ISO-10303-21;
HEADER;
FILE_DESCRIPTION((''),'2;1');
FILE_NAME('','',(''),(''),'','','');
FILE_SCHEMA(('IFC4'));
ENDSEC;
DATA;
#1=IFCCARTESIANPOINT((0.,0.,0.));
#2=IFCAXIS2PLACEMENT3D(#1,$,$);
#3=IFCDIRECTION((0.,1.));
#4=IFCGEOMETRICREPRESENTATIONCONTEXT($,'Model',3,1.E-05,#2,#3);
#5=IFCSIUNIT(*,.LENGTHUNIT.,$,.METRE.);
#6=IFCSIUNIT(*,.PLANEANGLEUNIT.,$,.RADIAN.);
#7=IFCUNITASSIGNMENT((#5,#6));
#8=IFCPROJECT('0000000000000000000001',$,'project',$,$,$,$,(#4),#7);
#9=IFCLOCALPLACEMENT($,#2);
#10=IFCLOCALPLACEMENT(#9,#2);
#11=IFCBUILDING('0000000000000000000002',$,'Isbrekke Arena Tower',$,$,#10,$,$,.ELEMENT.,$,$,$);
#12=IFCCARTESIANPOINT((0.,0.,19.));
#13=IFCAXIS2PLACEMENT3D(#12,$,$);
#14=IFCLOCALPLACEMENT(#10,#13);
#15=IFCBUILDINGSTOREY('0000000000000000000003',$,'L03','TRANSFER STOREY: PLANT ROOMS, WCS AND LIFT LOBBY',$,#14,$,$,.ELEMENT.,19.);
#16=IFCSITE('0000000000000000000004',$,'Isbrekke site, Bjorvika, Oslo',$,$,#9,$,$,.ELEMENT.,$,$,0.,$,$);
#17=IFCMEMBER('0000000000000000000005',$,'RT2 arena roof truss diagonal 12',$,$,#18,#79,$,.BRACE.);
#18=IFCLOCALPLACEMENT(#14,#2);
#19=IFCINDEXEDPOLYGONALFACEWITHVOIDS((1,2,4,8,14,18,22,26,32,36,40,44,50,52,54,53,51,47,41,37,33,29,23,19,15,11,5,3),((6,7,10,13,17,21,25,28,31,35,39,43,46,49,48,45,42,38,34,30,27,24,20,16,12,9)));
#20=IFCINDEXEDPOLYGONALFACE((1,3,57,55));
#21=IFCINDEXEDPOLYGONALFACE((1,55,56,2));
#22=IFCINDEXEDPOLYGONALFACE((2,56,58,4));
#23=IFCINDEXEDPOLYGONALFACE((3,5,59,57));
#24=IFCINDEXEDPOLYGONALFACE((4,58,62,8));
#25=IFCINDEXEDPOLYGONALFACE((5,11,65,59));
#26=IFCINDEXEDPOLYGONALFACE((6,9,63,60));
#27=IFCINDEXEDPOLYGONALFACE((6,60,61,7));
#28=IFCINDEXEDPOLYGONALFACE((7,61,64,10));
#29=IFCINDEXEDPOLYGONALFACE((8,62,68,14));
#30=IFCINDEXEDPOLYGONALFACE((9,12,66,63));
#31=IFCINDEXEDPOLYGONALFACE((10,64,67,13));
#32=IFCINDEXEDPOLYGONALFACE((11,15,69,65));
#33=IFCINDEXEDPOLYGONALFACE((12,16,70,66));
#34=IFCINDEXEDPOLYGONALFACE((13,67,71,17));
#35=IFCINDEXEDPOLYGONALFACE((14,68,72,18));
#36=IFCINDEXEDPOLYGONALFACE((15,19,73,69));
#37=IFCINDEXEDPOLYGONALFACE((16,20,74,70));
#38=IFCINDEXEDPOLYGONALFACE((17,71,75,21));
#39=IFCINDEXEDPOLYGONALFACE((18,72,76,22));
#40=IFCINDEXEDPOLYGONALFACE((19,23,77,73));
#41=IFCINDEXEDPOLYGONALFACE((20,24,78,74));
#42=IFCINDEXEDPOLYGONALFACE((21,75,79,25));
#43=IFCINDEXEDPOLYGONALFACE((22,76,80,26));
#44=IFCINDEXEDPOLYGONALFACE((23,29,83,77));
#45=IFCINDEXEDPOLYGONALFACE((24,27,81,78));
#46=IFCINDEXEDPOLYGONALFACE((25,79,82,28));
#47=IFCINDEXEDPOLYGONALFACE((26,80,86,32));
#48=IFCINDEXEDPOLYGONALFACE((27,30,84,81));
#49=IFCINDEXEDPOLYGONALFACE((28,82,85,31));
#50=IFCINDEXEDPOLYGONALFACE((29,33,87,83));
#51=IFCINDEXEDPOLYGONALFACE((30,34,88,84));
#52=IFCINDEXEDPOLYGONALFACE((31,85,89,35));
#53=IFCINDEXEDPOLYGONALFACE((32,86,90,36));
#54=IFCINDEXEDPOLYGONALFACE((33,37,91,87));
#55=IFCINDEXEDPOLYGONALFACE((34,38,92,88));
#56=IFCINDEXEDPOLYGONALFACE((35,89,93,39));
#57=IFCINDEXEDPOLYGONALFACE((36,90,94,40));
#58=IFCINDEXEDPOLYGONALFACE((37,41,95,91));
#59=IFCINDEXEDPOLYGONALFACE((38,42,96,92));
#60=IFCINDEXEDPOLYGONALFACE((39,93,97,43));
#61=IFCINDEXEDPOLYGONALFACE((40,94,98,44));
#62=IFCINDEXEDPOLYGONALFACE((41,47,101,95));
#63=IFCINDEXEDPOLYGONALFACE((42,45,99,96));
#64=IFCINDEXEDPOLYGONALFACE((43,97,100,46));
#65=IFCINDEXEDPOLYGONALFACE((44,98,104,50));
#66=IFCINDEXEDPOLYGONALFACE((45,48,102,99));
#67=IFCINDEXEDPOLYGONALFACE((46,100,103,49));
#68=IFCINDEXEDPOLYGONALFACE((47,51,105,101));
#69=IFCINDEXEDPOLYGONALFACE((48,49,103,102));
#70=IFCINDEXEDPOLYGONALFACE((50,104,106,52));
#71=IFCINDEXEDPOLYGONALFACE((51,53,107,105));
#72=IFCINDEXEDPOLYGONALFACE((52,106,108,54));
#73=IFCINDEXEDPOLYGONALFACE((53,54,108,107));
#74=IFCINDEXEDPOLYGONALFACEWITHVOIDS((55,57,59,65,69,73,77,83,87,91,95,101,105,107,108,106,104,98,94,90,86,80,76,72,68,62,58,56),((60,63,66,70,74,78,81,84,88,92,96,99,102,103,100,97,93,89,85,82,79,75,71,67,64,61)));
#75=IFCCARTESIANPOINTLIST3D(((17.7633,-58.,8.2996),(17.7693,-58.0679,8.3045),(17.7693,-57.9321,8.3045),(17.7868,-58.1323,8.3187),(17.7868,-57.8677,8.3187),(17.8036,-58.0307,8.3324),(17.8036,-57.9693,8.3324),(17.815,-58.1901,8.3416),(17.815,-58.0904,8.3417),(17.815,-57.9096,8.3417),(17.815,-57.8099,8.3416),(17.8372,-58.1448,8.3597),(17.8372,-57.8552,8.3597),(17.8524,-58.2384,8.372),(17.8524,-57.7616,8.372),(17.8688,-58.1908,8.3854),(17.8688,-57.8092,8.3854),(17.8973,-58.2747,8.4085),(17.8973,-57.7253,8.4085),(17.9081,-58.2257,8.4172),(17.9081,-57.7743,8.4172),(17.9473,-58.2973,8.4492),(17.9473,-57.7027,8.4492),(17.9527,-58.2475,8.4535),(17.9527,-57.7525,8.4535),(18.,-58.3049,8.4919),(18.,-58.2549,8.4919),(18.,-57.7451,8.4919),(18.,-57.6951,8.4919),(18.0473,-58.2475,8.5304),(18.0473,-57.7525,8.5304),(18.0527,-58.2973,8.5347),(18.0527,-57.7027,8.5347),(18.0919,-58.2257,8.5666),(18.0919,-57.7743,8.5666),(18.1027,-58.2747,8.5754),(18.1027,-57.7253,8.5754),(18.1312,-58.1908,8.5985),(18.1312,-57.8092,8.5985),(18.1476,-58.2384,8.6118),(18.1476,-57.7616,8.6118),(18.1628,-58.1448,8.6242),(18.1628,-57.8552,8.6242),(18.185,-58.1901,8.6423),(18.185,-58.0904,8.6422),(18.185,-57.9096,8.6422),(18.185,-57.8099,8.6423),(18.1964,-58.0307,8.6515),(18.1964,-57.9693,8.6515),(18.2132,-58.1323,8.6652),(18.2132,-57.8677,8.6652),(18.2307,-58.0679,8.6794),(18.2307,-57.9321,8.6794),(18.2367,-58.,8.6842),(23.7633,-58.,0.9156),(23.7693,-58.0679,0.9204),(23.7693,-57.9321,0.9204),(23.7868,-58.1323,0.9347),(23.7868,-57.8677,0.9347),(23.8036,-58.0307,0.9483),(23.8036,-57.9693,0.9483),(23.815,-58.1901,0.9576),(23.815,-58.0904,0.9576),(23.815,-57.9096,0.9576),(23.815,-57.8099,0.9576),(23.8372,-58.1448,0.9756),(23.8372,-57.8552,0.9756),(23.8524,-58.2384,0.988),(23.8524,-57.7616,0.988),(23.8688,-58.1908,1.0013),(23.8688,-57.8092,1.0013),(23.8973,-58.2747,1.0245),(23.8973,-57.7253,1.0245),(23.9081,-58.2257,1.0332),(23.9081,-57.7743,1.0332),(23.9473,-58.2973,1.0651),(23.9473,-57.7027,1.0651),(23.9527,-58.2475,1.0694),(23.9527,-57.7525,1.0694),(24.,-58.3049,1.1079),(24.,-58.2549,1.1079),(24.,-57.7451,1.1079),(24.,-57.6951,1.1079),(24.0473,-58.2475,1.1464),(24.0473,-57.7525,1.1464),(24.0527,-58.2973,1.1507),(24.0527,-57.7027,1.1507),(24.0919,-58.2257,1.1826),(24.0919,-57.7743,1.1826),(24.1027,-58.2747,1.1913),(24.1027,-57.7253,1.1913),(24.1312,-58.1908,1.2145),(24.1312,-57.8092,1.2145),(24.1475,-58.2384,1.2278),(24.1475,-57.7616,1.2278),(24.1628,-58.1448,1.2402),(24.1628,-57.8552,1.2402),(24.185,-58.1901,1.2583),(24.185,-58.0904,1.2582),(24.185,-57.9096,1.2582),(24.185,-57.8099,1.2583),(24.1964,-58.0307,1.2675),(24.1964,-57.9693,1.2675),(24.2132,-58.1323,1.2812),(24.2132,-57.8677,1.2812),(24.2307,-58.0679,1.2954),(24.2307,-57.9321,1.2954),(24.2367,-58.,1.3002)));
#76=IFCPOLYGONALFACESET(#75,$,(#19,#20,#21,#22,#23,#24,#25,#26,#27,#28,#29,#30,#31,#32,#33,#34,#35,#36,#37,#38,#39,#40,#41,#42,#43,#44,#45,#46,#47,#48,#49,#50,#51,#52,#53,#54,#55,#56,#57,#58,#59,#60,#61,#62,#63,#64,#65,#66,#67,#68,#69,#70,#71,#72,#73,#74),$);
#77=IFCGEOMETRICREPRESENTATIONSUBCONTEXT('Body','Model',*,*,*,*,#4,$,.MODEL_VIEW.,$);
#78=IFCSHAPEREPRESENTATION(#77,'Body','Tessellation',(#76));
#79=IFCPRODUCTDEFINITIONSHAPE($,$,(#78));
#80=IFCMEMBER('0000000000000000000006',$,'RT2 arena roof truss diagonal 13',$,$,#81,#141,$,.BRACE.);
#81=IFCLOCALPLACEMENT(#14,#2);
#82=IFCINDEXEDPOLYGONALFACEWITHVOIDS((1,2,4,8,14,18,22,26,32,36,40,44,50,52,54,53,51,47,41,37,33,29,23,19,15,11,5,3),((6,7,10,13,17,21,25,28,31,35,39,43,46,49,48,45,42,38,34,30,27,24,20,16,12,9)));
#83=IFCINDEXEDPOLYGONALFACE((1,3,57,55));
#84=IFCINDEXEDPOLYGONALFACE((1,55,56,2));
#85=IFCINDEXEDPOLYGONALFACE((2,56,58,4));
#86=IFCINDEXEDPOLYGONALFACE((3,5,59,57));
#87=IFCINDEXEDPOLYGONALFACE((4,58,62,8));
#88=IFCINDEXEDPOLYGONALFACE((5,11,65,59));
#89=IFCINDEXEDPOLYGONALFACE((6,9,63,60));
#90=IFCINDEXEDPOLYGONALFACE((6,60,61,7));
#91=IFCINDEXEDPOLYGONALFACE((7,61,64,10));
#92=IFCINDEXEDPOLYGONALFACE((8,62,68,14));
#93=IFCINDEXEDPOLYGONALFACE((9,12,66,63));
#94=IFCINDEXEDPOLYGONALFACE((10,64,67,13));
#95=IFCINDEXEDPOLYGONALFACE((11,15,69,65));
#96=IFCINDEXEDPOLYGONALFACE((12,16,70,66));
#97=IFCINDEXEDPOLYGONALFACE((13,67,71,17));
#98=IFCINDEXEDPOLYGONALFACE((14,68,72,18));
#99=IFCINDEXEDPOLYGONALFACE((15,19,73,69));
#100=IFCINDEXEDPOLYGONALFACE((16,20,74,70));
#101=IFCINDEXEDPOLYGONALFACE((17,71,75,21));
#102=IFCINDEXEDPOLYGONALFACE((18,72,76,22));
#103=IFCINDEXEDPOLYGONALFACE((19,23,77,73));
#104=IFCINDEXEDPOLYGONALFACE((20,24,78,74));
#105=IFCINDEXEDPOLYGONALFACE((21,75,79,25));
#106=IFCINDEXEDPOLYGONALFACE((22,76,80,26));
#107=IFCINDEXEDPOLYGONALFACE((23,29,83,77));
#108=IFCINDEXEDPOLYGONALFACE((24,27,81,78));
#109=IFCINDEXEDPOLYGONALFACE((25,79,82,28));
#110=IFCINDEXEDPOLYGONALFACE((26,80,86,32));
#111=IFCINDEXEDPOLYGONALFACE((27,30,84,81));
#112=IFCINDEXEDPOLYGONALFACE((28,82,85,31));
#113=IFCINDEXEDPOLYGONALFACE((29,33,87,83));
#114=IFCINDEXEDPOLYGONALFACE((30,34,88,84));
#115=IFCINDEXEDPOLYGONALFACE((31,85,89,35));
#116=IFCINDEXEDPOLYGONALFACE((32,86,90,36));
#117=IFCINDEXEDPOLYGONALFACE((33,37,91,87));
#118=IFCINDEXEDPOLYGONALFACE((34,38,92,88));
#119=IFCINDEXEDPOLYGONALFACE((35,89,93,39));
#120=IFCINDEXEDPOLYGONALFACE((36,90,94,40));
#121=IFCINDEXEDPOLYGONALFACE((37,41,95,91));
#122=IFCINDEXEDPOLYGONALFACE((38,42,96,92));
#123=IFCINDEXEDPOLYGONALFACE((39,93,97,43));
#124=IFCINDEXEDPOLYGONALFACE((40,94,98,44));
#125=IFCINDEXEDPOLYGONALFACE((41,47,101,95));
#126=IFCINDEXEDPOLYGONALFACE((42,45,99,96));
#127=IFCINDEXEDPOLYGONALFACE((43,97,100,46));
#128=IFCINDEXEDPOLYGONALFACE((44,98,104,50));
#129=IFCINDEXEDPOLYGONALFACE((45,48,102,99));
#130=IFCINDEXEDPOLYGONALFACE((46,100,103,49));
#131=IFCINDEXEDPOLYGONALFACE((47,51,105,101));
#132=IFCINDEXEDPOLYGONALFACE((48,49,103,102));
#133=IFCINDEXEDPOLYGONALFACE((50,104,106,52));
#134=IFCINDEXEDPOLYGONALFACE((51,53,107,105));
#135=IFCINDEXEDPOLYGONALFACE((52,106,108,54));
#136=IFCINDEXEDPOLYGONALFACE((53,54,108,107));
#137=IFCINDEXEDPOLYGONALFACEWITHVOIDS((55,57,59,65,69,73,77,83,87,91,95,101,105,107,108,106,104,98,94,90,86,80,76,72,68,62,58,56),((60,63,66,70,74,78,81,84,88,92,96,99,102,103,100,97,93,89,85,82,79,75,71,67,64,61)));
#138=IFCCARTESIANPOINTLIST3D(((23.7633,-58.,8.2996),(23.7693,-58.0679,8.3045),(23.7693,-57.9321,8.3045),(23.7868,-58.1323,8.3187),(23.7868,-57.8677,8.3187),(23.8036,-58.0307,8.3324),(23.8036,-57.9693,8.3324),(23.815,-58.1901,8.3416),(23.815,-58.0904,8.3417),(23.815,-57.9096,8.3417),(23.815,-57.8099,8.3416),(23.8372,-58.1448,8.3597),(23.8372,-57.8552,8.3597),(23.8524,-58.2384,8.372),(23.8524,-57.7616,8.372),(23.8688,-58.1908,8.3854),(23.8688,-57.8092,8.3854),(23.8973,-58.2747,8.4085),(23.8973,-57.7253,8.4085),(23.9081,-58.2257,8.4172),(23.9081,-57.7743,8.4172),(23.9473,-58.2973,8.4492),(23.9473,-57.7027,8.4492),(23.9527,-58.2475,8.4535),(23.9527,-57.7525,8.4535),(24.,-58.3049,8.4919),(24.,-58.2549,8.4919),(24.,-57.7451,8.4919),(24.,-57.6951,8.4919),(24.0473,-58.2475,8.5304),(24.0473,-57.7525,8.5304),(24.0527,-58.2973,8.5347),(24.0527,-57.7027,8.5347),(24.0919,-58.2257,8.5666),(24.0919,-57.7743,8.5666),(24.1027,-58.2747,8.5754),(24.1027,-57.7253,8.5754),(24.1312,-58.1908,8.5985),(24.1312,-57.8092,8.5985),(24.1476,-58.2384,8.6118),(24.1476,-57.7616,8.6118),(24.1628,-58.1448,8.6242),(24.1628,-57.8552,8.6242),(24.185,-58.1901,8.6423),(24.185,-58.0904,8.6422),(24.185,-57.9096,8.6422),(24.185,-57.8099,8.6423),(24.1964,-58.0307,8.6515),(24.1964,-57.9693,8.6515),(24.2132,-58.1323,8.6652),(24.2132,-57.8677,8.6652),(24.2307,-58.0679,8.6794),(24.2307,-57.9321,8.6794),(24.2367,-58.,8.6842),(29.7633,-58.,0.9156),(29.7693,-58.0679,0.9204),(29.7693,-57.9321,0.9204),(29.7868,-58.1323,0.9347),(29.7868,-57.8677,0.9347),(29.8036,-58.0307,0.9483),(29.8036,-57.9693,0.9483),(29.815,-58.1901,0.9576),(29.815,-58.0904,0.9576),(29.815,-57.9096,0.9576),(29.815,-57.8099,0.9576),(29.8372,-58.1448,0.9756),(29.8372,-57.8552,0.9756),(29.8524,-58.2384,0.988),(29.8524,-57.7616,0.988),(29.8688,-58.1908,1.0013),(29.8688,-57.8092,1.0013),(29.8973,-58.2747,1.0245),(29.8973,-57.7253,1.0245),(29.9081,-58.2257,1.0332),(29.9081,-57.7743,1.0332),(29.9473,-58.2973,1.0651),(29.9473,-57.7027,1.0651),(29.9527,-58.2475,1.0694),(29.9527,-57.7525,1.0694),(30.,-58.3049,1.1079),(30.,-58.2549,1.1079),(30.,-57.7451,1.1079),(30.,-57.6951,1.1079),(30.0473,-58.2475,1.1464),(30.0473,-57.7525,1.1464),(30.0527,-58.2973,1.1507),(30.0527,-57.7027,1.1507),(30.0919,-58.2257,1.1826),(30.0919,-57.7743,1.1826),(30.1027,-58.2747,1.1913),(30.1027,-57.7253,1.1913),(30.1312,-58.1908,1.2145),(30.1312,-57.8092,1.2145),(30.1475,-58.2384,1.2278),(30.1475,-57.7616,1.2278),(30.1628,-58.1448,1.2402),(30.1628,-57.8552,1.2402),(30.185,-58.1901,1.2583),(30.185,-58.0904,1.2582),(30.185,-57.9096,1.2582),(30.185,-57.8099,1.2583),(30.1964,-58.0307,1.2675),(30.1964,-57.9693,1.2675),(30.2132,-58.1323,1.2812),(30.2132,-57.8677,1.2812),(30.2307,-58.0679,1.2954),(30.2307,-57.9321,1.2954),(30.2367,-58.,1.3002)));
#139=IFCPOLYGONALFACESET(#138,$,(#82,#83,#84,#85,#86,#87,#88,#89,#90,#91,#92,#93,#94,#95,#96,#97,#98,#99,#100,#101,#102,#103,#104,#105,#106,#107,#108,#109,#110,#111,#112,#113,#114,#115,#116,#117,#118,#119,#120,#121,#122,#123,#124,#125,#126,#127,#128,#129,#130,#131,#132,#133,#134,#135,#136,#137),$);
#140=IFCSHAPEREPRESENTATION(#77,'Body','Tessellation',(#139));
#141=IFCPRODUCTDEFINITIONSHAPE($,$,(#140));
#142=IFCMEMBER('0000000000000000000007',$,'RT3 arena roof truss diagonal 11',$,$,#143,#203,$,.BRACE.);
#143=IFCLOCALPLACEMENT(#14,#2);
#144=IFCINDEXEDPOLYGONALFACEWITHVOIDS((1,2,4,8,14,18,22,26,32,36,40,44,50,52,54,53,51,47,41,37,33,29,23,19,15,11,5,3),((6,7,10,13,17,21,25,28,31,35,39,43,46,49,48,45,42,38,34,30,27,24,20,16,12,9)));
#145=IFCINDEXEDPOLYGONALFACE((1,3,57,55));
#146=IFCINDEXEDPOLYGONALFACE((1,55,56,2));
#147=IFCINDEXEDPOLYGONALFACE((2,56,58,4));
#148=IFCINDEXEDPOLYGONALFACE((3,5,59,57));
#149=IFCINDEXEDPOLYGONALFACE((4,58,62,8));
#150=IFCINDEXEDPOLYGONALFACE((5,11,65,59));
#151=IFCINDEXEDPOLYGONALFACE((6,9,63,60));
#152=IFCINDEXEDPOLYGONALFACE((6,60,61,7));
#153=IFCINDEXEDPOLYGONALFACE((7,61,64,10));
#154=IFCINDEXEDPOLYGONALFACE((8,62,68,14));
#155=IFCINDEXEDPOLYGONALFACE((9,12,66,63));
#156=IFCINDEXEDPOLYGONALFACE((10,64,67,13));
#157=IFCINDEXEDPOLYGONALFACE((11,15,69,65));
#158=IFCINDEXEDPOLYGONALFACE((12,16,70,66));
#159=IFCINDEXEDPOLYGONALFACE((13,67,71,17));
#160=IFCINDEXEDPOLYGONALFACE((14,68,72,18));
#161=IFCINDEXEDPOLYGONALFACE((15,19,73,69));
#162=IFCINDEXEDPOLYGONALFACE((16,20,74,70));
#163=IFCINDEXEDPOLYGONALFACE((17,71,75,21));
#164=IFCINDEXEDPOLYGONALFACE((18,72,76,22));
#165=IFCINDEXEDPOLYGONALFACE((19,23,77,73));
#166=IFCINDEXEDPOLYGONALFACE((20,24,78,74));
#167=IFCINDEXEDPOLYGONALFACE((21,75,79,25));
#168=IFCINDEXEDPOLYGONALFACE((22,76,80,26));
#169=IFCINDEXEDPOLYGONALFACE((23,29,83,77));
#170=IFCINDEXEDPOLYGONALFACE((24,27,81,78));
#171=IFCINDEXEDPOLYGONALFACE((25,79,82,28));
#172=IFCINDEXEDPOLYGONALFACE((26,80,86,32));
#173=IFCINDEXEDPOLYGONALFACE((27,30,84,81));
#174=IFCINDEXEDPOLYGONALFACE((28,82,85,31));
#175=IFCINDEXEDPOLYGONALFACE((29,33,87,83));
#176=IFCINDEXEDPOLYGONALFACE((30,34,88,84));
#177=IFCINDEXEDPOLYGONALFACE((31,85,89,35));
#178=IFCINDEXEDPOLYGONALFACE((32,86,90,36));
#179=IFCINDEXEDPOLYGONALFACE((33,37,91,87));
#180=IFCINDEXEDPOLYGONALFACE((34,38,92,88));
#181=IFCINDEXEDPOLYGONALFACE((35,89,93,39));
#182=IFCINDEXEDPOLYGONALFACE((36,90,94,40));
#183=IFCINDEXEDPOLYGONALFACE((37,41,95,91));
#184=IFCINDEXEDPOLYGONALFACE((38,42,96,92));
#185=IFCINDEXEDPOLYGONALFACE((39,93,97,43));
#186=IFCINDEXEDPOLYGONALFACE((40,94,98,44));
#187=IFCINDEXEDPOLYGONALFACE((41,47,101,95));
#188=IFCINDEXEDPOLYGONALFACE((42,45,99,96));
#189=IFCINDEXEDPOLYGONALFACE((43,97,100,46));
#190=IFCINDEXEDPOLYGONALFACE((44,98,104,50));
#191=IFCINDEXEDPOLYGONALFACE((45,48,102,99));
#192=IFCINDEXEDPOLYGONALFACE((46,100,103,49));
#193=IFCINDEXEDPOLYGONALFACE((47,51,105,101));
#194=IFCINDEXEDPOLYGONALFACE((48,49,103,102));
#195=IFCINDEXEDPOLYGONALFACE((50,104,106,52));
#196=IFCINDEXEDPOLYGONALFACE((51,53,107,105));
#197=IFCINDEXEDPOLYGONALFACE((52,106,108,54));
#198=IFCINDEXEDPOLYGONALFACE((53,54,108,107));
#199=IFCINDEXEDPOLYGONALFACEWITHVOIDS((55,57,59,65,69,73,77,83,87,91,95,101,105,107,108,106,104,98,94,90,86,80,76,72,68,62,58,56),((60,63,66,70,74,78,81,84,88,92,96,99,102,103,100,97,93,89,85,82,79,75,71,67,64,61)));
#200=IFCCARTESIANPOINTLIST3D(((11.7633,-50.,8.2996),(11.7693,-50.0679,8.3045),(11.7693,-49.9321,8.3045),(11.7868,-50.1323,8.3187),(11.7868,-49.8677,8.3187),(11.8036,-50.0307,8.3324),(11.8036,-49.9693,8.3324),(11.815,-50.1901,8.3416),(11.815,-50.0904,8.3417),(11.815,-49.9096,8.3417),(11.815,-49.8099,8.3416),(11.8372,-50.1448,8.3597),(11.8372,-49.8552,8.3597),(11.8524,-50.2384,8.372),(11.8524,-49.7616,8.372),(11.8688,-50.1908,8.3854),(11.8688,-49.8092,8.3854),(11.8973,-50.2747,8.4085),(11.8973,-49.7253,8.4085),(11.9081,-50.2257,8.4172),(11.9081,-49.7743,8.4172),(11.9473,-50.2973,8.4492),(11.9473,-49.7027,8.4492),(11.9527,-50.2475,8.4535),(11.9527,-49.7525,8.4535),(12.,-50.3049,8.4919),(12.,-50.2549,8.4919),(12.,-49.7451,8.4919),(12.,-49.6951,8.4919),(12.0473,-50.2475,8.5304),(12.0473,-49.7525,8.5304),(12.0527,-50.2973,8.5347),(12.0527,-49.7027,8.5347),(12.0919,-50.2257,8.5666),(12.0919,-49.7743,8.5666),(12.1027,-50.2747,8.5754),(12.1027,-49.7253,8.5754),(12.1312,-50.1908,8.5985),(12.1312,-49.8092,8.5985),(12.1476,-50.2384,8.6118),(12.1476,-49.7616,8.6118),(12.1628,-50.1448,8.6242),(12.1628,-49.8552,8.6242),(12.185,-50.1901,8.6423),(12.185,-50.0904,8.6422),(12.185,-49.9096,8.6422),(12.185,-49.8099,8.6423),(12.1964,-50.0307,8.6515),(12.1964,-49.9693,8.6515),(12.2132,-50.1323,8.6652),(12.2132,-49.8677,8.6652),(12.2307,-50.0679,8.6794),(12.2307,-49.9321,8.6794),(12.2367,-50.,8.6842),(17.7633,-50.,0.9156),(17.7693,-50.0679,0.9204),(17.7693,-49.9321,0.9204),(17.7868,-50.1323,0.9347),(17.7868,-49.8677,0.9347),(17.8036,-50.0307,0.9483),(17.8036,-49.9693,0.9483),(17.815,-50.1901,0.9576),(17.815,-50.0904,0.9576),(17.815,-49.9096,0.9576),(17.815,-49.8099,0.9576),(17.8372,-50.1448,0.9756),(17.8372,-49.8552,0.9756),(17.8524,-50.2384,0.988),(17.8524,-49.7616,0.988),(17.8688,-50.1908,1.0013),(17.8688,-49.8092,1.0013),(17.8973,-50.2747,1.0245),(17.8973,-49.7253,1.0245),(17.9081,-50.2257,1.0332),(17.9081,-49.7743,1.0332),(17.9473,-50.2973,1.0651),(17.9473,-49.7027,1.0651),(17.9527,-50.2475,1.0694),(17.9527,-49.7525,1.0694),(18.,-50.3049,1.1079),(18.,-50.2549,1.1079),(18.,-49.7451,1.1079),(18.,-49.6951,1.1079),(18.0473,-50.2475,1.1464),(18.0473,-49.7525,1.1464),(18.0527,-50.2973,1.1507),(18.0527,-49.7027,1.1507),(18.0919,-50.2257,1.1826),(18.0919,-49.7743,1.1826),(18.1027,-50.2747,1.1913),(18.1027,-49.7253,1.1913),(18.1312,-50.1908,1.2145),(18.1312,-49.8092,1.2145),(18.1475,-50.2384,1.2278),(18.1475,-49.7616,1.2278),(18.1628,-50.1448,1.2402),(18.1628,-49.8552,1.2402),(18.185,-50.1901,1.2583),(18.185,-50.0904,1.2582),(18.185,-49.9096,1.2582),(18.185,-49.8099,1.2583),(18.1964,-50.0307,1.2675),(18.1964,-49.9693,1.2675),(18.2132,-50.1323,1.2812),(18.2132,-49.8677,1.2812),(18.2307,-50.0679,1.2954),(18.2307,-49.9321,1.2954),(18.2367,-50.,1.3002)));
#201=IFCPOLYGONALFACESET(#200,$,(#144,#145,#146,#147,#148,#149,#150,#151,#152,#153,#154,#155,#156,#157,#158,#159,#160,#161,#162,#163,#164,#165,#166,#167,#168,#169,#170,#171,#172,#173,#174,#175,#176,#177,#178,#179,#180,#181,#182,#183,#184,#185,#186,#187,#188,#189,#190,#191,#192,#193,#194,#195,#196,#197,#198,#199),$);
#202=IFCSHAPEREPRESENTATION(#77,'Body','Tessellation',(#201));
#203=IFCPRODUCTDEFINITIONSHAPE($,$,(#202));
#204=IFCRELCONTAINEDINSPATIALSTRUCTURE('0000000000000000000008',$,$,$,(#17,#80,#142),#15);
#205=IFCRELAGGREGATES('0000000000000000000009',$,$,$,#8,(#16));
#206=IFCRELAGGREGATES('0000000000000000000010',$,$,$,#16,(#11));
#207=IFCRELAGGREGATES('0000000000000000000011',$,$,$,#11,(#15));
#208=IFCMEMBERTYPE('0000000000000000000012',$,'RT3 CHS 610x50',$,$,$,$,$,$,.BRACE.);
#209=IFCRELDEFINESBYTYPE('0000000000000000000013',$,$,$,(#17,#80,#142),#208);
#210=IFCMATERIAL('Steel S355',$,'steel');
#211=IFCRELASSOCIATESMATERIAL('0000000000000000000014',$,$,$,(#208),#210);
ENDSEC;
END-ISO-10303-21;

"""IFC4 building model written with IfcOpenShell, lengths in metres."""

from ifc_helpers import new_model, si_unit, direction, frame, origin, origin_2d, place, context, subcontext, project, spatial, hollow_circle, extrude, material, material_profile, profile_set, type_object, element, save


model = new_model("IFC4")

# Units and contexts
model_context = context("Model", 3, precision=1e-05, world=origin(), true_north=direction((0.0, 1.0)))
body_context = subcontext(model_context, "Body", "Model", "MODEL_VIEW")
ifc_project = project(units=[si_unit("LENGTHUNIT", "METRE"), si_unit("PLANEANGLEUNIT", "RADIAN")], contexts=[model_context])

# Site, building, storey
site_placement = place(None, origin())
site = spatial("IfcSite", under=ifc_project, at=site_placement, Name="Isbrekke site, Bjorvika, Oslo", CompositionType="ELEMENT", RefElevation=0.0)
building_placement = place(site_placement, origin())
building = spatial("IfcBuilding", under=site, at=building_placement, Name="Isbrekke Arena Tower", CompositionType="ELEMENT")
storey_placement = place(building_placement, frame((0.0, 0.0, 19.0)))
storey = spatial("IfcBuildingStorey", under=building, at=storey_placement, Name="L03", Description="TRANSFER STOREY: PLANT ROOMS, WCS AND LIFT LOBBY", CompositionType="ELEMENT", Elevation=19.0)

# Members
ifc_material_1 = material(Name="Steel S355", Category="steel")
ifc_material_profile_1 = material_profile(ifc_material_1, hollow_circle(Radius=0.3049, WallThickness=0.05, at=origin_2d()), Name="CHS 610x50")
ifc_profile_set_1 = profile_set([ifc_material_profile_1], Name="Steel S355")
member_type_1 = type_object("IfcMemberType", Name="RT3 CHS 610x50", PredefinedType="BRACE", material=ifc_profile_set_1)
for number, where, z_axis, x_axis, name in (
    (1, (18.0, -58.0, 8.4919), (0.630623, 0.0, -0.77609), (0.0, 1.0, 0.0), "RT2 arena roof truss diagonal 12"),
    (2, (24.0, -58.0, 8.4919), (0.630623, 0.0, -0.77609), (0.0, 1.0, 0.0), "RT2 arena roof truss diagonal 13"),
    (3, (12.0, -50.0, 8.4919), (0.630623, 0.0, -0.77609), (0.0, 1.0, 0.0), "RT3 arena roof truss diagonal 11"),
):
    element("IfcMember", number, at=place(storey_placement, frame(where, z_axis=z_axis, x_axis=x_axis)), inside=storey, type_object=member_type_1, Name=name, PredefinedType="BRACE", context=body_context, shape_type="SweptSolid", body=[
        extrude(hollow_circle(Radius=0.3049, WallThickness=0.05, at=origin_2d()), origin(), (0.0, 0.0, 1.0), 9.5144),
    ])

save(model, "model.ifc")
